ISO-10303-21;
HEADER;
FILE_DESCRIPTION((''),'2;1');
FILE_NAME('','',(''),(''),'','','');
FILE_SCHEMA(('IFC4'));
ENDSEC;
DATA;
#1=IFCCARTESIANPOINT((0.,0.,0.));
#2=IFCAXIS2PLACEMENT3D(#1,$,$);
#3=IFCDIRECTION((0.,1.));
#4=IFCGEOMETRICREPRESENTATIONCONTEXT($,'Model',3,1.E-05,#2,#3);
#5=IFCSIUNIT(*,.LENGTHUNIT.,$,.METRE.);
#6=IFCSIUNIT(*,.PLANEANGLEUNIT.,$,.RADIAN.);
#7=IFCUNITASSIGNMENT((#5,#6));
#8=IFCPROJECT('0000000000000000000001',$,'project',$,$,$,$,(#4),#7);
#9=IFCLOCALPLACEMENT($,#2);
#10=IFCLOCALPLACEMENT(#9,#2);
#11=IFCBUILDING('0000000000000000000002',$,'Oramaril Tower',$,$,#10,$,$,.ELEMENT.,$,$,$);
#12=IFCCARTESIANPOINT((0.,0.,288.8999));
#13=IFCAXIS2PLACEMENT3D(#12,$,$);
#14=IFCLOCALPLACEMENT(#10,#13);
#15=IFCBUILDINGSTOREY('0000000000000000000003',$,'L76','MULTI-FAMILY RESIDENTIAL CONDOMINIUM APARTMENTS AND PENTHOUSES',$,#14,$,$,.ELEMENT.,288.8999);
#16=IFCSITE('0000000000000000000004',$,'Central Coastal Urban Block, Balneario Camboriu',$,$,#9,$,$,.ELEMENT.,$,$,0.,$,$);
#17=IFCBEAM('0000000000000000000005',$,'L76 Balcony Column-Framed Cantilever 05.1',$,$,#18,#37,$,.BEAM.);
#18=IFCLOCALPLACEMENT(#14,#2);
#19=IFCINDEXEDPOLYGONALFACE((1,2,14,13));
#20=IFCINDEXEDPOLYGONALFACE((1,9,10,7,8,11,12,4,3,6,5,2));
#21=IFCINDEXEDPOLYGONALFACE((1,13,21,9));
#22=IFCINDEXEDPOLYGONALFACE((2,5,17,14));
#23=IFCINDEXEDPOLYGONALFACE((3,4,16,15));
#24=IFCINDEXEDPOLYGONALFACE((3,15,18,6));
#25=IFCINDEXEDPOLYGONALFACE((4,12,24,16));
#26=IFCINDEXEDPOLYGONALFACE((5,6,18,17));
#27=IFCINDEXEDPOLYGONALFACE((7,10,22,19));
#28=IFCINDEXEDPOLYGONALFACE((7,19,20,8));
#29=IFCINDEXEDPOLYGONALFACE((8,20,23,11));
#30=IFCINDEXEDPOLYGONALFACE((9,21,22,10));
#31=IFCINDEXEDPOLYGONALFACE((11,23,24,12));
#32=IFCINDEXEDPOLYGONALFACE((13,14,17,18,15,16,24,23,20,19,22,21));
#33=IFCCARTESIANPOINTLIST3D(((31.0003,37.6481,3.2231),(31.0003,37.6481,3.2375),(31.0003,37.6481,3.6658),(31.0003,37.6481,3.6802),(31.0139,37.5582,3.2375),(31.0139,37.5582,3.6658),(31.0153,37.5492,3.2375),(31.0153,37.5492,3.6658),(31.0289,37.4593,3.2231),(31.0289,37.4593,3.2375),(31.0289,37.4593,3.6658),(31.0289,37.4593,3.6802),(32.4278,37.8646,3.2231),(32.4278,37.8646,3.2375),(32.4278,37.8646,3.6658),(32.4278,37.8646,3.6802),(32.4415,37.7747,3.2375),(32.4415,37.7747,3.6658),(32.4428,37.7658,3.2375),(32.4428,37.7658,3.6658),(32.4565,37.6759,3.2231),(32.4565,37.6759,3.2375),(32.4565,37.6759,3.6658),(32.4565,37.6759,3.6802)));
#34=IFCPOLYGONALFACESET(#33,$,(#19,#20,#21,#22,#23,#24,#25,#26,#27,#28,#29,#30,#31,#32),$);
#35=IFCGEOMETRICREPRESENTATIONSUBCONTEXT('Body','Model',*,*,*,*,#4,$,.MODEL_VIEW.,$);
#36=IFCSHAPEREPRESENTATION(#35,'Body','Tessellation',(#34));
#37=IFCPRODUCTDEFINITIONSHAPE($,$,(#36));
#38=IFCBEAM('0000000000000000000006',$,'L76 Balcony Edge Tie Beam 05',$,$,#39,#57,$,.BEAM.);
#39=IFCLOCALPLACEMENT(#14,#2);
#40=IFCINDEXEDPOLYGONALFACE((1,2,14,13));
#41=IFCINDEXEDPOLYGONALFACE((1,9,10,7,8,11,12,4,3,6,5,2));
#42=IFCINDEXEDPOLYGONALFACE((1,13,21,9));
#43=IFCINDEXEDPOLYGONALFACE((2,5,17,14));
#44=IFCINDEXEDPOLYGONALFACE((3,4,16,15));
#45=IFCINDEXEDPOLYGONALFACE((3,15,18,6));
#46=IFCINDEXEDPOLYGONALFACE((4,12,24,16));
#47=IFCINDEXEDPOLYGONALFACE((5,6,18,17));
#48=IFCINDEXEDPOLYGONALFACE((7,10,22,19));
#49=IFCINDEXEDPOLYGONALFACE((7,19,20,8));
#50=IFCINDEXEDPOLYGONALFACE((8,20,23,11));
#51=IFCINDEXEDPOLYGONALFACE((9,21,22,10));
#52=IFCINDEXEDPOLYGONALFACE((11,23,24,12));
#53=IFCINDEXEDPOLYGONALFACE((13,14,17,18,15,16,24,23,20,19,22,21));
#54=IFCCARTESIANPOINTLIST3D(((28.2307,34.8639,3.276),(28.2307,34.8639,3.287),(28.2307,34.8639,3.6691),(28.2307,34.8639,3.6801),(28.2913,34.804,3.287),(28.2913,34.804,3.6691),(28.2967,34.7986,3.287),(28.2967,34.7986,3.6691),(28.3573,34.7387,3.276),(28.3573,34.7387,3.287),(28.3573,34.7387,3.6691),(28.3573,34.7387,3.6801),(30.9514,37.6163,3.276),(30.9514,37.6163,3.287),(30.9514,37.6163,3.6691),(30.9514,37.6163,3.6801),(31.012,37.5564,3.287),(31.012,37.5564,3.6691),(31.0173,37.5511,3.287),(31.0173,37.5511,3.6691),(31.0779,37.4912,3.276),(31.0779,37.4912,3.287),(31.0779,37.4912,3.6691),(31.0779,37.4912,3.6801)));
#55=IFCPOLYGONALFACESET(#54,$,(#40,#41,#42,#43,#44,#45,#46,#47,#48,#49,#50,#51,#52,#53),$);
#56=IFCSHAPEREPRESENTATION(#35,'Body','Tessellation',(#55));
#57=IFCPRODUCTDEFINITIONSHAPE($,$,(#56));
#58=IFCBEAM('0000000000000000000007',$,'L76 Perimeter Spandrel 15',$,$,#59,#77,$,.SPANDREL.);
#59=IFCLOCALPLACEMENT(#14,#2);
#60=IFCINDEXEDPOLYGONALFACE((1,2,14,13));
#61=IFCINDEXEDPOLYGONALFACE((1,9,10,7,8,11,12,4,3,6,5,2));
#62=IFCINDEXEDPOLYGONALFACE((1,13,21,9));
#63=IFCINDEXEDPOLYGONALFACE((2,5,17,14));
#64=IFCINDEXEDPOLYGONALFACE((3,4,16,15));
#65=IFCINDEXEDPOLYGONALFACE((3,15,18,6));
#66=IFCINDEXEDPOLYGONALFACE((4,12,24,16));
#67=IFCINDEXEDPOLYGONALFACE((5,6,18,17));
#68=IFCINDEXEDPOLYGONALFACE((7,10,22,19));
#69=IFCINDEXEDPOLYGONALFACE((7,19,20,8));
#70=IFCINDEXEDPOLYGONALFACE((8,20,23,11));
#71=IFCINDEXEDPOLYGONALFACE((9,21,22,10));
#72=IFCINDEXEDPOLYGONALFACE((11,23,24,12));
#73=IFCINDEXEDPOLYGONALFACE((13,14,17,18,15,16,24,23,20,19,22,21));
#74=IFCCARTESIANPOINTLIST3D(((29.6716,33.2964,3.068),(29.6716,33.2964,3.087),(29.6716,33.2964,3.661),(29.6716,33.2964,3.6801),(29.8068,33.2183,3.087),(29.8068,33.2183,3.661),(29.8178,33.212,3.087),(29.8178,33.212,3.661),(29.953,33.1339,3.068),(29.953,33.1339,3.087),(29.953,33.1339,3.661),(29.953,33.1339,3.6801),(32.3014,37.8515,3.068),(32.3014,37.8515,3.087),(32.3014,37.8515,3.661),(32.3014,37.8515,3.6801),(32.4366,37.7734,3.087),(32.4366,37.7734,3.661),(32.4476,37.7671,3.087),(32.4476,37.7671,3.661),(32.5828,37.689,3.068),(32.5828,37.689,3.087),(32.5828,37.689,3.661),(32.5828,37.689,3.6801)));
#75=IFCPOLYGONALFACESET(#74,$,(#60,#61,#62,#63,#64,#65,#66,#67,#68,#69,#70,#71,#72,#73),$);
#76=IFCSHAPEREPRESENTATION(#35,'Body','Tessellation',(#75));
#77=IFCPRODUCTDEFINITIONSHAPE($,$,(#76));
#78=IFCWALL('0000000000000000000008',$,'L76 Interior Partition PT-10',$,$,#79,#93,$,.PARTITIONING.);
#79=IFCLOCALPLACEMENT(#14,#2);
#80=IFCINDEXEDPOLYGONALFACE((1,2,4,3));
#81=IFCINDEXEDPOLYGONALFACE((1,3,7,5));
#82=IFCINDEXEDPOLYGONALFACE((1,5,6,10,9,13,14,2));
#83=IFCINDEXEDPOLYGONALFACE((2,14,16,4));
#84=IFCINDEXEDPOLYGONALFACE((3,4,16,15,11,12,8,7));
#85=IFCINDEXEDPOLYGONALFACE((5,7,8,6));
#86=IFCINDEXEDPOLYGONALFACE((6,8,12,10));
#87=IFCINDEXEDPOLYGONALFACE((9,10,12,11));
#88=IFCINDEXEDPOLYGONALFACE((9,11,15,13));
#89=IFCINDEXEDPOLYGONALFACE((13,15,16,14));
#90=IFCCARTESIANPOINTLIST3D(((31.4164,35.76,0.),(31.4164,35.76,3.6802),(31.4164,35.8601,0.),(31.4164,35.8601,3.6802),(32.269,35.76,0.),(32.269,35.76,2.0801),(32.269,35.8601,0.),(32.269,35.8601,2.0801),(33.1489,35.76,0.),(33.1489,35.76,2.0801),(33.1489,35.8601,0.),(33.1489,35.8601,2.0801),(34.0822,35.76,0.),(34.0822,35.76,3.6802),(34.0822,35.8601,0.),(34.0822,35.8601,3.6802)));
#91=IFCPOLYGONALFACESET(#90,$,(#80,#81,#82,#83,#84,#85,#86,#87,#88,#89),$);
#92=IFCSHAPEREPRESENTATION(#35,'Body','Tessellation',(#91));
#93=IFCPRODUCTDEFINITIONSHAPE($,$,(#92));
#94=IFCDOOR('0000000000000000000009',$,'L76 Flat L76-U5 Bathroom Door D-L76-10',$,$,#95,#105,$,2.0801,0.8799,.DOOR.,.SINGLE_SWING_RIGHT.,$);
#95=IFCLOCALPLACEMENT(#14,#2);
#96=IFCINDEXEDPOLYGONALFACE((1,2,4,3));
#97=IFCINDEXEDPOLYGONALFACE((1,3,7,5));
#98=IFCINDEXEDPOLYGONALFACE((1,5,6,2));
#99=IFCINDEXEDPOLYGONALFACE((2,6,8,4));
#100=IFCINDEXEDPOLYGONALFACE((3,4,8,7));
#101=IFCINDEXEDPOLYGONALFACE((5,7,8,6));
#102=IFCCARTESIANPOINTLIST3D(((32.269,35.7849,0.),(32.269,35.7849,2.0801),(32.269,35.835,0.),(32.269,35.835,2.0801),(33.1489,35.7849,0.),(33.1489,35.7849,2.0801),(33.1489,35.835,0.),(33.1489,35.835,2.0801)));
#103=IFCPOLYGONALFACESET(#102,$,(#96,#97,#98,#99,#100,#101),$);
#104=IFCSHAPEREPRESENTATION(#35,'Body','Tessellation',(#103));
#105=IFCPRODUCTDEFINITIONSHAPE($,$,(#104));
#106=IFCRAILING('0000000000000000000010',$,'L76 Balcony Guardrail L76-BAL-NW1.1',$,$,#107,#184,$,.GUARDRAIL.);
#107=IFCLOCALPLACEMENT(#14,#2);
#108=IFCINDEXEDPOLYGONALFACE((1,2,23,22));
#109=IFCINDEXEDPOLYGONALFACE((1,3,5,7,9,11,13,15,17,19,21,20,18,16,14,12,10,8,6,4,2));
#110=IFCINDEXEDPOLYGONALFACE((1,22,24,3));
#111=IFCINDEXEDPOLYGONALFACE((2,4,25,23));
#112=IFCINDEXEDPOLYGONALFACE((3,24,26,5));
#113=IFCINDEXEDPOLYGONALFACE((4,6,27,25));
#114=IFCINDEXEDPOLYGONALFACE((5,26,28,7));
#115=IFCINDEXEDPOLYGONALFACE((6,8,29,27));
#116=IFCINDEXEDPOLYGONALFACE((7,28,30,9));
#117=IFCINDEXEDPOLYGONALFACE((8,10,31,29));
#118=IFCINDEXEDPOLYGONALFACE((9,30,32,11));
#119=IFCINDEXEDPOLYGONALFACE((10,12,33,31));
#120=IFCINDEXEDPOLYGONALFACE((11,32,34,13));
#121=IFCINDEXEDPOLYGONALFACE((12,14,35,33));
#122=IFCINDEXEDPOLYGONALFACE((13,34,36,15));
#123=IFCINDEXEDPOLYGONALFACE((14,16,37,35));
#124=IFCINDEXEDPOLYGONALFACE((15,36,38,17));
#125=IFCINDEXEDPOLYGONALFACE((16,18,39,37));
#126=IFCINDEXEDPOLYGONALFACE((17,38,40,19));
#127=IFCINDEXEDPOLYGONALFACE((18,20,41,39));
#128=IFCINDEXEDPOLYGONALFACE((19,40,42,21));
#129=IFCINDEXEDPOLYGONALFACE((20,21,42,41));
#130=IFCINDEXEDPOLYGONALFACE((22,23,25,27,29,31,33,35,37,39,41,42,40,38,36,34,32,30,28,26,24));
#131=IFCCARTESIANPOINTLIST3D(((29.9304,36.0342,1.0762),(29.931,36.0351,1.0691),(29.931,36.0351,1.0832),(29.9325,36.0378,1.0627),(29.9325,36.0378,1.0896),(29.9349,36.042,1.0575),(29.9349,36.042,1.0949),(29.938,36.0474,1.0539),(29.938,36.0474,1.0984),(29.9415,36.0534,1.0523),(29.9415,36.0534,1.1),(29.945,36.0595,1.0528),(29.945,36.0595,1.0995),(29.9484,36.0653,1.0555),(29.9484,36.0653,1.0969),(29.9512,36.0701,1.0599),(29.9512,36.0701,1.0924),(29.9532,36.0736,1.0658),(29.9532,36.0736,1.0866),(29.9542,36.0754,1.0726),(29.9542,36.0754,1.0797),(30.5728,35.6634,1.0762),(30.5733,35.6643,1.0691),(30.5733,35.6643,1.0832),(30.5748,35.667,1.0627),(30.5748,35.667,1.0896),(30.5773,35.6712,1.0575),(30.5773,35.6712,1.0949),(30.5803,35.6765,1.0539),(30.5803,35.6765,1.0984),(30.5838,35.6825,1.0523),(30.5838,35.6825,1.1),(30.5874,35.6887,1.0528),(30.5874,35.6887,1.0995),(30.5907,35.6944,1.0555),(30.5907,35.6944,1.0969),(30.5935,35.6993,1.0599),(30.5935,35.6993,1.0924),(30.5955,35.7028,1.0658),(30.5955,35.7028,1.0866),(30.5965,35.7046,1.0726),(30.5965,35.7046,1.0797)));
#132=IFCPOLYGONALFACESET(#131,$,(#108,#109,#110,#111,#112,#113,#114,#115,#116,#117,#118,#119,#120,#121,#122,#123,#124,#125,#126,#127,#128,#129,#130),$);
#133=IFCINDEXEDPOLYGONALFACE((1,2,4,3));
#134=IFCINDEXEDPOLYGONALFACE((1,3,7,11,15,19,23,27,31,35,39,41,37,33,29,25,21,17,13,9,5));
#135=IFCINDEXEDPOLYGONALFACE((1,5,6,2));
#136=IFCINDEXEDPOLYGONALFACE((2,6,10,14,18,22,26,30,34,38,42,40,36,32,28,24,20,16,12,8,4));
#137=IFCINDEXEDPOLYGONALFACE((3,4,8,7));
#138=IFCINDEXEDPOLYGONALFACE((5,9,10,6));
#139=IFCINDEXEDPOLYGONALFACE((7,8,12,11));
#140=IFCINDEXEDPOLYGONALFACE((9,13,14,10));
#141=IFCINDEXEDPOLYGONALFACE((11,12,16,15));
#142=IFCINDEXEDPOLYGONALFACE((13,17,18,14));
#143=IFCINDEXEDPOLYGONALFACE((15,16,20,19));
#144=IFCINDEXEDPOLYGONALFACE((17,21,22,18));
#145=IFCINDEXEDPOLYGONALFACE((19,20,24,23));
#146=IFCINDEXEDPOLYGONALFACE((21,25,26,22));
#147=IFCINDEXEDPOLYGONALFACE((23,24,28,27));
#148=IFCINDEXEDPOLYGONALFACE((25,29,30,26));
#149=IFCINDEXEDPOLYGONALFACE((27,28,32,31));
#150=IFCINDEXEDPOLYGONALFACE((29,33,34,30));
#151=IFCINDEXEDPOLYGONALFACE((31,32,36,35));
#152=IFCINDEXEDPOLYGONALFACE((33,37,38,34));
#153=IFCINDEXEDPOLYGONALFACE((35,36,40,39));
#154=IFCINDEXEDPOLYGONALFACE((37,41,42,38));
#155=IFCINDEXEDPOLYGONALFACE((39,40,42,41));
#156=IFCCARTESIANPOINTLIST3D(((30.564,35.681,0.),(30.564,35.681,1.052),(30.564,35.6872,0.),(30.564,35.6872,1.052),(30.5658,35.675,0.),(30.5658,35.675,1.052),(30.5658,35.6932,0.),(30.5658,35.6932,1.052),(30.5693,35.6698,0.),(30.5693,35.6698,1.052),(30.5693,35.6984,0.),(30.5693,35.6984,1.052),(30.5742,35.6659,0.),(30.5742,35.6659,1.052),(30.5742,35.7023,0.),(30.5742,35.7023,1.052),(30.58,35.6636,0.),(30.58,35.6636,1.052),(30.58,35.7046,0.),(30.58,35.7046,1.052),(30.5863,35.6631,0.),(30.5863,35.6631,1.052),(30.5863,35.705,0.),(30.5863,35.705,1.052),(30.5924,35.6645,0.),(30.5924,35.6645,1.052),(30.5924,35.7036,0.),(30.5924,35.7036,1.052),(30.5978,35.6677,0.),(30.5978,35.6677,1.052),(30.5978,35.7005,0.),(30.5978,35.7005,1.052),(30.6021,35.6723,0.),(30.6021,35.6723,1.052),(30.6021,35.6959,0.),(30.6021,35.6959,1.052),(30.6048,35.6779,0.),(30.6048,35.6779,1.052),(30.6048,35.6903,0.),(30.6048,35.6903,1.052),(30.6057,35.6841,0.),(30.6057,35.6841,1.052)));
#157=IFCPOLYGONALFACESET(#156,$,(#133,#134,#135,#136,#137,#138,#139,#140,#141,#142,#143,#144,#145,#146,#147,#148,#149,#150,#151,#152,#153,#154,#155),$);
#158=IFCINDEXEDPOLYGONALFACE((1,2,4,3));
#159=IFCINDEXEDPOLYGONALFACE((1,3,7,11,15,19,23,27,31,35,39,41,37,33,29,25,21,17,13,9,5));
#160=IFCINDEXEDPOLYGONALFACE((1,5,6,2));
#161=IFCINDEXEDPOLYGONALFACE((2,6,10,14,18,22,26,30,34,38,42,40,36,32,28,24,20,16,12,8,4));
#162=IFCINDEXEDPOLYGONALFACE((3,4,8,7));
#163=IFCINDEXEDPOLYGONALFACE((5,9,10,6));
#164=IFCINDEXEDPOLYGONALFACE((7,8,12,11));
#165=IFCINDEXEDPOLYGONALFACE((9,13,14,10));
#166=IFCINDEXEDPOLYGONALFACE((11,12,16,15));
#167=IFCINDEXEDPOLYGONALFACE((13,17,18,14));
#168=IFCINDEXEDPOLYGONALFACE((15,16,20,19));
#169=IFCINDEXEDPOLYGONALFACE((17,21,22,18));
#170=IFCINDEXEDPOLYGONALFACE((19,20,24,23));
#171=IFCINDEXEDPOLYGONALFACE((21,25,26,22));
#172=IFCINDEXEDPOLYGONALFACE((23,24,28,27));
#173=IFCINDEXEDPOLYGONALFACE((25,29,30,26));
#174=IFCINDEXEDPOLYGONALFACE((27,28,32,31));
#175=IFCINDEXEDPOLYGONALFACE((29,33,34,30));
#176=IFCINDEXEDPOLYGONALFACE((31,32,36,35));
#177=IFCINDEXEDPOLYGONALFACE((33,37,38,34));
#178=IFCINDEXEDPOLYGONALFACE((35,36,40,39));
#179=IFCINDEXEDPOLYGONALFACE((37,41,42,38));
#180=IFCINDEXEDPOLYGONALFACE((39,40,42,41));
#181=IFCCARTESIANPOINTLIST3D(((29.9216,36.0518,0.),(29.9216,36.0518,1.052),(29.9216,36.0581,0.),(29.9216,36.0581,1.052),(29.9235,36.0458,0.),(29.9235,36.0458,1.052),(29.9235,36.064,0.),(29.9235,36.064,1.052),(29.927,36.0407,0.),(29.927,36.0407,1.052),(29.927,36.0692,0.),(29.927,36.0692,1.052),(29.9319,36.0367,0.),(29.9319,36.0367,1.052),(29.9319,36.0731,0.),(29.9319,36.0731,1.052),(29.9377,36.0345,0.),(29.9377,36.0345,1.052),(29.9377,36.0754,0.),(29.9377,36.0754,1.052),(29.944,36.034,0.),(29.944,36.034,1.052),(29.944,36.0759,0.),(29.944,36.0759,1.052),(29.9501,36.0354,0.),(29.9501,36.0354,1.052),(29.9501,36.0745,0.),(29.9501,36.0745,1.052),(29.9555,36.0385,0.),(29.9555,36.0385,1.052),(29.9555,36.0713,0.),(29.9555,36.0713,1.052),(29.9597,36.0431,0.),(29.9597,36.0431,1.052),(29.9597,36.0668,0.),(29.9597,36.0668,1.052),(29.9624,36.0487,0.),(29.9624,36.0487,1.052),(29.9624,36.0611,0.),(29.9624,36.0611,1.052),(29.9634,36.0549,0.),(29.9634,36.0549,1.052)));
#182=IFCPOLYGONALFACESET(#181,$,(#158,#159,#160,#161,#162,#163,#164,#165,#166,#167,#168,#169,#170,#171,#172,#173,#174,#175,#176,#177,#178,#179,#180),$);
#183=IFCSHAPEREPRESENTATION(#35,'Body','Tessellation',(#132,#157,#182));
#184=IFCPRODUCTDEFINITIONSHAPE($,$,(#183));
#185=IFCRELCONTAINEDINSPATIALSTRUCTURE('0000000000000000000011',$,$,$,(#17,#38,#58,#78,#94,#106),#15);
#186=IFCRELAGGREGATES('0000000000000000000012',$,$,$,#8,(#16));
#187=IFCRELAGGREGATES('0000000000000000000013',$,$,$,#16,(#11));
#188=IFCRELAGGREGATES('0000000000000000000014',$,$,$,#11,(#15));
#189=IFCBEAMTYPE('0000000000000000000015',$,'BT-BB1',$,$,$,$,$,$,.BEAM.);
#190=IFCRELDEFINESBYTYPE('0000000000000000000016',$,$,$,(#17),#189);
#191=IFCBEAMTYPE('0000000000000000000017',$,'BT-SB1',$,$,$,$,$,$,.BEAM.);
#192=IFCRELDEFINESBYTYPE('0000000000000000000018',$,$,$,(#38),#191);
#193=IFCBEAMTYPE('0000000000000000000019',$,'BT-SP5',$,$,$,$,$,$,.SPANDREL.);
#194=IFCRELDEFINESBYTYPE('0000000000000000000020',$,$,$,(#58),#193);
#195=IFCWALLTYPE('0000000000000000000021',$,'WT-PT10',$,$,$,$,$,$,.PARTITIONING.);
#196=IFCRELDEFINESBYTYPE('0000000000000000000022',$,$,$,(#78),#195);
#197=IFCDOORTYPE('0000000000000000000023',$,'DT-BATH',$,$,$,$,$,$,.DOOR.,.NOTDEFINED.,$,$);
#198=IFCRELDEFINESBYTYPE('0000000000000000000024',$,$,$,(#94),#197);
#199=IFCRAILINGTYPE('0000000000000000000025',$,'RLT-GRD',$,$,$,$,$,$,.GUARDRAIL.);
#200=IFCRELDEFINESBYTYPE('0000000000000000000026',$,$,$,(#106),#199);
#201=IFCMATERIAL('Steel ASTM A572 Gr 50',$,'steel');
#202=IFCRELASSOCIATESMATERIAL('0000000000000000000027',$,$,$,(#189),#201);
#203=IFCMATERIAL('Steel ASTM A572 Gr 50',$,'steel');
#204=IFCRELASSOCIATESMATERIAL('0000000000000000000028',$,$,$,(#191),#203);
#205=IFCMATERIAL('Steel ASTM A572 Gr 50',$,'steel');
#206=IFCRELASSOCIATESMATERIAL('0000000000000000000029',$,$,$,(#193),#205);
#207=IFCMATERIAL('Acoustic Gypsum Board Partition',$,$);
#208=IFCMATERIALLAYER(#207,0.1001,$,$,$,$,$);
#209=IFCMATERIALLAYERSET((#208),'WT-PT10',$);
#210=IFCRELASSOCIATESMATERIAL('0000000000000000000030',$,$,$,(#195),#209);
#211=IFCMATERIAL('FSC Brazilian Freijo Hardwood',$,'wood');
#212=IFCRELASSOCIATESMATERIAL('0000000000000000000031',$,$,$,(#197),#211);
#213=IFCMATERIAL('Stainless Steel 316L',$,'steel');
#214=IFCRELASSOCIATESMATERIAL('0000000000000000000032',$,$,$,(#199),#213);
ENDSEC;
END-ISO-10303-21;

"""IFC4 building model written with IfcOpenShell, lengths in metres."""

from ifc_helpers import new_model, si_unit, direction, frame, frame_2d, origin, origin_2d, place, context, subcontext, project, spatial, rectangle, circle, i_section, extrude, material, layer, layer_set, material_profile, profile_set, type_object, element, fill, save


model = new_model("IFC4")

# Units and contexts
model_context = context("Model", 3, precision=1e-05, world=origin(), true_north=direction((0.0, 1.0)))
body_context = subcontext(model_context, "Body", "Model", "MODEL_VIEW")
ifc_project = project(units=[si_unit("LENGTHUNIT", "METRE"), si_unit("PLANEANGLEUNIT", "RADIAN")], contexts=[model_context])

# Site, building, storey
site_placement = place(None, origin())
site = spatial("IfcSite", under=ifc_project, at=site_placement, Name="Central Coastal Urban Block, Balneario Camboriu", CompositionType="ELEMENT", RefElevation=0.0)
building_placement = place(site_placement, origin())
building = spatial("IfcBuilding", under=site, at=building_placement, Name="Oramaril Tower", CompositionType="ELEMENT")
storey_placement = place(building_placement, frame((0.0, 0.0, 288.8999)))
storey = spatial("IfcBuildingStorey", under=building, at=storey_placement, Name="L76", Description="MULTI-FAMILY RESIDENTIAL CONDOMINIUM APARTMENTS AND PENTHOUSES", CompositionType="ELEMENT", Elevation=288.8999)

# Beams
ifc_material_1 = material(Name="Steel ASTM A572 Gr 50", Category="steel")
ifc_material_profile_1 = material_profile(ifc_material_1, i_section(OverallWidth=0.1909, OverallDepth=0.457, WebThickness=0.009, FlangeThickness=0.0144, at=origin_2d()), Name="W18X50")
ifc_profile_set_1 = profile_set([ifc_material_profile_1], Name="Steel ASTM A572 Gr 50")
beam_type_1 = type_object("IfcBeamType", Name="BT-BB1", PredefinedType="BEAM", material=ifc_profile_set_1)
beam_1_placement = place(storey_placement, frame((32.4421, 37.7703, 3.4517), z_axis=(-0.988688, -0.149986, 0.0), x_axis=(0.149986, -0.988688, 0.0)))
element("IfcBeam", 1, at=beam_1_placement, inside=storey, type_object=beam_type_1, Name="L76 Balcony Column-Framed Cantilever 05.1", PredefinedType="BEAM", context=body_context, shape_type="SweptSolid", body=[
    extrude(i_section(OverallWidth=0.1909, OverallDepth=0.457, WebThickness=0.009, FlangeThickness=0.0144, at=origin_2d()), origin(), (0.0, 0.0, 1.0), 1.4438),
])
ifc_material_2 = material(Name="Steel ASTM A572 Gr 50", Category="steel")
ifc_material_profile_2 = material_profile(ifc_material_2, i_section(OverallWidth=0.178, OverallDepth=0.4041, WebThickness=0.0076, FlangeThickness=0.011, at=origin_2d()), Name="W16X36")
ifc_profile_set_2 = profile_set([ifc_material_profile_2], Name="Steel ASTM A572 Gr 50")
beam_type_2 = type_object("IfcBeamType", Name="BT-SB1", PredefinedType="BEAM", material=ifc_profile_set_2)
beam_2_placement = place(storey_placement, frame((31.0146, 37.5537, 3.478), z_axis=(-0.702995, -0.711195, 0.0), x_axis=(0.711195, -0.702995, 0.0)))
element("IfcBeam", 2, at=beam_2_placement, inside=storey, type_object=beam_type_2, Name="L76 Balcony Edge Tie Beam 05", PredefinedType="BEAM", context=body_context, shape_type="SweptSolid", body=[
    extrude(i_section(OverallWidth=0.178, OverallDepth=0.4041, WebThickness=0.0076, FlangeThickness=0.011, at=origin_2d()), origin(), (0.0, 0.0, 1.0), 3.8701),
])
ifc_material_3 = material(Name="Steel ASTM A572 Gr 50", Category="steel")
ifc_material_profile_3 = material_profile(ifc_material_3, i_section(OverallWidth=0.325, OverallDepth=0.6121, WebThickness=0.0127, FlangeThickness=0.019, at=origin_2d()), Name="W24X104")
ifc_profile_set_3 = profile_set([ifc_material_profile_3], Name="Steel ASTM A572 Gr 50")
beam_type_3 = type_object("IfcBeamType", Name="BT-SP5", PredefinedType="SPANDREL", material=ifc_profile_set_3)
beam_3_placement = place(storey_placement, frame((32.4421, 37.7703, 3.374), z_axis=(-0.499993, -0.866029, 0.0), x_axis=(0.866029, -0.499993, 0.0)))
element("IfcBeam", 3, at=beam_3_placement, inside=storey, type_object=beam_type_3, Name="L76 Perimeter Spandrel 15", PredefinedType="SPANDREL", context=body_context, shape_type="SweptSolid", body=[
    extrude(i_section(OverallWidth=0.325, OverallDepth=0.6121, WebThickness=0.0127, FlangeThickness=0.019, at=origin_2d()), origin(), (0.0, 0.0, 1.0), 5.2598),
])

# Wall, opening, door
ifc_material_4 = material(Name="Acoustic Gypsum Board Partition")
ifc_layer = layer(ifc_material_4, 0.1001)
ifc_layer_set = layer_set([ifc_layer], Name="WT-PT10")
wall_type = type_object("IfcWallType", Name="WT-PT10", PredefinedType="PARTITIONING", material=ifc_layer_set)
wall_placement = place(storey_placement, frame((31.4163, 35.8101, 0.0), z_axis=(0.0, 0.0, 1.0), x_axis=(1.0, 0.0, 0.0)))
wall = element("IfcWall", 4, at=wall_placement, inside=storey, type_object=wall_type, Name="L76 Interior Partition PT-10", PredefinedType="PARTITIONING", context=body_context, shape_type="SweptSolid", body=[
    extrude(rectangle(XDim=2.6658, YDim=0.1001, at=frame_2d((1.333, 0.0))), origin(), (0.0, 0.0, 1.0), 3.6802),
])
opening_placement = place(wall_placement, frame((0.8528, 0.0, 0.0)))
opening = element("IfcOpeningElement", 5, at=opening_placement, cuts=wall, PredefinedType="OPENING", context=body_context, shape_type="SweptSolid", body=[
    extrude(rectangle(XDim=0.8799, YDim=2.0801, at=frame_2d((0.4399, 1.04))), frame((0.0, 0.05, 0.0), z_axis=(0.0, -1.0, 0.0), x_axis=(1.0, 0.0, 0.0)), (0.0, 0.0, 1.0), 0.1001),
])
ifc_material_5 = material(Name="FSC Brazilian Freijo Hardwood", Category="wood")
door_type = type_object("IfcDoorType", Name="DT-BATH", OperationType="NOTDEFINED", PredefinedType="DOOR", material=ifc_material_5)
door_placement = place(opening_placement, origin())
door = element("IfcDoor", 6, at=door_placement, inside=storey, type_object=door_type, Name="L76 Flat L76-U5 Bathroom Door D-L76-10", OperationType="SINGLE_SWING_RIGHT", OverallHeight=2.0801, OverallWidth=0.8799, PredefinedType="DOOR", context=body_context, shape_type="SweptSolid", body=[
    extrude(rectangle(XDim=0.8799, YDim=2.0801, at=frame_2d((0.4399, 1.04))), frame((0.0, 0.0249, 0.0), z_axis=(0.0, -1.0, 0.0), x_axis=(1.0, 0.0, 0.0)), (0.0, 0.0, 1.0), 0.05),
])
fill(opening, door)

# Railing
ifc_material_6 = material(Name="Stainless Steel 316L", Category="steel")
railing_type = type_object("IfcRailingType", Name="RLT-GRD", PredefinedType="GUARDRAIL", material=ifc_material_6)
railing_1_placement = place(storey_placement, frame((30.5847, 35.6841, 0.0)))
element("IfcRailing", 7, at=railing_1_placement, inside=storey, type_object=railing_type, Name="L76 Balcony Guardrail L76-BAL-NW1.1", PredefinedType="GUARDRAIL", context=body_context, shape_type="SweptSolid", body=[
    extrude(circle(Radius=0.0239, at=origin_2d()), frame((0.0, 0.0, 1.0762), z_axis=(-0.866027, 0.499998, 0.0), x_axis=(-0.499998, -0.866027, 0.0)), (0.0, 0.0, 1.0), 0.7417),
    extrude(circle(Radius=0.021, at=origin_2d()), origin(), (0.0, 0.0, 1.0), 1.052),
    extrude(circle(Radius=0.021, at=origin_2d()), frame((-0.6423, 0.3708, 0.0)), (0.0, 0.0, 1.0), 1.052),
])

save(model, "model.ifc")
